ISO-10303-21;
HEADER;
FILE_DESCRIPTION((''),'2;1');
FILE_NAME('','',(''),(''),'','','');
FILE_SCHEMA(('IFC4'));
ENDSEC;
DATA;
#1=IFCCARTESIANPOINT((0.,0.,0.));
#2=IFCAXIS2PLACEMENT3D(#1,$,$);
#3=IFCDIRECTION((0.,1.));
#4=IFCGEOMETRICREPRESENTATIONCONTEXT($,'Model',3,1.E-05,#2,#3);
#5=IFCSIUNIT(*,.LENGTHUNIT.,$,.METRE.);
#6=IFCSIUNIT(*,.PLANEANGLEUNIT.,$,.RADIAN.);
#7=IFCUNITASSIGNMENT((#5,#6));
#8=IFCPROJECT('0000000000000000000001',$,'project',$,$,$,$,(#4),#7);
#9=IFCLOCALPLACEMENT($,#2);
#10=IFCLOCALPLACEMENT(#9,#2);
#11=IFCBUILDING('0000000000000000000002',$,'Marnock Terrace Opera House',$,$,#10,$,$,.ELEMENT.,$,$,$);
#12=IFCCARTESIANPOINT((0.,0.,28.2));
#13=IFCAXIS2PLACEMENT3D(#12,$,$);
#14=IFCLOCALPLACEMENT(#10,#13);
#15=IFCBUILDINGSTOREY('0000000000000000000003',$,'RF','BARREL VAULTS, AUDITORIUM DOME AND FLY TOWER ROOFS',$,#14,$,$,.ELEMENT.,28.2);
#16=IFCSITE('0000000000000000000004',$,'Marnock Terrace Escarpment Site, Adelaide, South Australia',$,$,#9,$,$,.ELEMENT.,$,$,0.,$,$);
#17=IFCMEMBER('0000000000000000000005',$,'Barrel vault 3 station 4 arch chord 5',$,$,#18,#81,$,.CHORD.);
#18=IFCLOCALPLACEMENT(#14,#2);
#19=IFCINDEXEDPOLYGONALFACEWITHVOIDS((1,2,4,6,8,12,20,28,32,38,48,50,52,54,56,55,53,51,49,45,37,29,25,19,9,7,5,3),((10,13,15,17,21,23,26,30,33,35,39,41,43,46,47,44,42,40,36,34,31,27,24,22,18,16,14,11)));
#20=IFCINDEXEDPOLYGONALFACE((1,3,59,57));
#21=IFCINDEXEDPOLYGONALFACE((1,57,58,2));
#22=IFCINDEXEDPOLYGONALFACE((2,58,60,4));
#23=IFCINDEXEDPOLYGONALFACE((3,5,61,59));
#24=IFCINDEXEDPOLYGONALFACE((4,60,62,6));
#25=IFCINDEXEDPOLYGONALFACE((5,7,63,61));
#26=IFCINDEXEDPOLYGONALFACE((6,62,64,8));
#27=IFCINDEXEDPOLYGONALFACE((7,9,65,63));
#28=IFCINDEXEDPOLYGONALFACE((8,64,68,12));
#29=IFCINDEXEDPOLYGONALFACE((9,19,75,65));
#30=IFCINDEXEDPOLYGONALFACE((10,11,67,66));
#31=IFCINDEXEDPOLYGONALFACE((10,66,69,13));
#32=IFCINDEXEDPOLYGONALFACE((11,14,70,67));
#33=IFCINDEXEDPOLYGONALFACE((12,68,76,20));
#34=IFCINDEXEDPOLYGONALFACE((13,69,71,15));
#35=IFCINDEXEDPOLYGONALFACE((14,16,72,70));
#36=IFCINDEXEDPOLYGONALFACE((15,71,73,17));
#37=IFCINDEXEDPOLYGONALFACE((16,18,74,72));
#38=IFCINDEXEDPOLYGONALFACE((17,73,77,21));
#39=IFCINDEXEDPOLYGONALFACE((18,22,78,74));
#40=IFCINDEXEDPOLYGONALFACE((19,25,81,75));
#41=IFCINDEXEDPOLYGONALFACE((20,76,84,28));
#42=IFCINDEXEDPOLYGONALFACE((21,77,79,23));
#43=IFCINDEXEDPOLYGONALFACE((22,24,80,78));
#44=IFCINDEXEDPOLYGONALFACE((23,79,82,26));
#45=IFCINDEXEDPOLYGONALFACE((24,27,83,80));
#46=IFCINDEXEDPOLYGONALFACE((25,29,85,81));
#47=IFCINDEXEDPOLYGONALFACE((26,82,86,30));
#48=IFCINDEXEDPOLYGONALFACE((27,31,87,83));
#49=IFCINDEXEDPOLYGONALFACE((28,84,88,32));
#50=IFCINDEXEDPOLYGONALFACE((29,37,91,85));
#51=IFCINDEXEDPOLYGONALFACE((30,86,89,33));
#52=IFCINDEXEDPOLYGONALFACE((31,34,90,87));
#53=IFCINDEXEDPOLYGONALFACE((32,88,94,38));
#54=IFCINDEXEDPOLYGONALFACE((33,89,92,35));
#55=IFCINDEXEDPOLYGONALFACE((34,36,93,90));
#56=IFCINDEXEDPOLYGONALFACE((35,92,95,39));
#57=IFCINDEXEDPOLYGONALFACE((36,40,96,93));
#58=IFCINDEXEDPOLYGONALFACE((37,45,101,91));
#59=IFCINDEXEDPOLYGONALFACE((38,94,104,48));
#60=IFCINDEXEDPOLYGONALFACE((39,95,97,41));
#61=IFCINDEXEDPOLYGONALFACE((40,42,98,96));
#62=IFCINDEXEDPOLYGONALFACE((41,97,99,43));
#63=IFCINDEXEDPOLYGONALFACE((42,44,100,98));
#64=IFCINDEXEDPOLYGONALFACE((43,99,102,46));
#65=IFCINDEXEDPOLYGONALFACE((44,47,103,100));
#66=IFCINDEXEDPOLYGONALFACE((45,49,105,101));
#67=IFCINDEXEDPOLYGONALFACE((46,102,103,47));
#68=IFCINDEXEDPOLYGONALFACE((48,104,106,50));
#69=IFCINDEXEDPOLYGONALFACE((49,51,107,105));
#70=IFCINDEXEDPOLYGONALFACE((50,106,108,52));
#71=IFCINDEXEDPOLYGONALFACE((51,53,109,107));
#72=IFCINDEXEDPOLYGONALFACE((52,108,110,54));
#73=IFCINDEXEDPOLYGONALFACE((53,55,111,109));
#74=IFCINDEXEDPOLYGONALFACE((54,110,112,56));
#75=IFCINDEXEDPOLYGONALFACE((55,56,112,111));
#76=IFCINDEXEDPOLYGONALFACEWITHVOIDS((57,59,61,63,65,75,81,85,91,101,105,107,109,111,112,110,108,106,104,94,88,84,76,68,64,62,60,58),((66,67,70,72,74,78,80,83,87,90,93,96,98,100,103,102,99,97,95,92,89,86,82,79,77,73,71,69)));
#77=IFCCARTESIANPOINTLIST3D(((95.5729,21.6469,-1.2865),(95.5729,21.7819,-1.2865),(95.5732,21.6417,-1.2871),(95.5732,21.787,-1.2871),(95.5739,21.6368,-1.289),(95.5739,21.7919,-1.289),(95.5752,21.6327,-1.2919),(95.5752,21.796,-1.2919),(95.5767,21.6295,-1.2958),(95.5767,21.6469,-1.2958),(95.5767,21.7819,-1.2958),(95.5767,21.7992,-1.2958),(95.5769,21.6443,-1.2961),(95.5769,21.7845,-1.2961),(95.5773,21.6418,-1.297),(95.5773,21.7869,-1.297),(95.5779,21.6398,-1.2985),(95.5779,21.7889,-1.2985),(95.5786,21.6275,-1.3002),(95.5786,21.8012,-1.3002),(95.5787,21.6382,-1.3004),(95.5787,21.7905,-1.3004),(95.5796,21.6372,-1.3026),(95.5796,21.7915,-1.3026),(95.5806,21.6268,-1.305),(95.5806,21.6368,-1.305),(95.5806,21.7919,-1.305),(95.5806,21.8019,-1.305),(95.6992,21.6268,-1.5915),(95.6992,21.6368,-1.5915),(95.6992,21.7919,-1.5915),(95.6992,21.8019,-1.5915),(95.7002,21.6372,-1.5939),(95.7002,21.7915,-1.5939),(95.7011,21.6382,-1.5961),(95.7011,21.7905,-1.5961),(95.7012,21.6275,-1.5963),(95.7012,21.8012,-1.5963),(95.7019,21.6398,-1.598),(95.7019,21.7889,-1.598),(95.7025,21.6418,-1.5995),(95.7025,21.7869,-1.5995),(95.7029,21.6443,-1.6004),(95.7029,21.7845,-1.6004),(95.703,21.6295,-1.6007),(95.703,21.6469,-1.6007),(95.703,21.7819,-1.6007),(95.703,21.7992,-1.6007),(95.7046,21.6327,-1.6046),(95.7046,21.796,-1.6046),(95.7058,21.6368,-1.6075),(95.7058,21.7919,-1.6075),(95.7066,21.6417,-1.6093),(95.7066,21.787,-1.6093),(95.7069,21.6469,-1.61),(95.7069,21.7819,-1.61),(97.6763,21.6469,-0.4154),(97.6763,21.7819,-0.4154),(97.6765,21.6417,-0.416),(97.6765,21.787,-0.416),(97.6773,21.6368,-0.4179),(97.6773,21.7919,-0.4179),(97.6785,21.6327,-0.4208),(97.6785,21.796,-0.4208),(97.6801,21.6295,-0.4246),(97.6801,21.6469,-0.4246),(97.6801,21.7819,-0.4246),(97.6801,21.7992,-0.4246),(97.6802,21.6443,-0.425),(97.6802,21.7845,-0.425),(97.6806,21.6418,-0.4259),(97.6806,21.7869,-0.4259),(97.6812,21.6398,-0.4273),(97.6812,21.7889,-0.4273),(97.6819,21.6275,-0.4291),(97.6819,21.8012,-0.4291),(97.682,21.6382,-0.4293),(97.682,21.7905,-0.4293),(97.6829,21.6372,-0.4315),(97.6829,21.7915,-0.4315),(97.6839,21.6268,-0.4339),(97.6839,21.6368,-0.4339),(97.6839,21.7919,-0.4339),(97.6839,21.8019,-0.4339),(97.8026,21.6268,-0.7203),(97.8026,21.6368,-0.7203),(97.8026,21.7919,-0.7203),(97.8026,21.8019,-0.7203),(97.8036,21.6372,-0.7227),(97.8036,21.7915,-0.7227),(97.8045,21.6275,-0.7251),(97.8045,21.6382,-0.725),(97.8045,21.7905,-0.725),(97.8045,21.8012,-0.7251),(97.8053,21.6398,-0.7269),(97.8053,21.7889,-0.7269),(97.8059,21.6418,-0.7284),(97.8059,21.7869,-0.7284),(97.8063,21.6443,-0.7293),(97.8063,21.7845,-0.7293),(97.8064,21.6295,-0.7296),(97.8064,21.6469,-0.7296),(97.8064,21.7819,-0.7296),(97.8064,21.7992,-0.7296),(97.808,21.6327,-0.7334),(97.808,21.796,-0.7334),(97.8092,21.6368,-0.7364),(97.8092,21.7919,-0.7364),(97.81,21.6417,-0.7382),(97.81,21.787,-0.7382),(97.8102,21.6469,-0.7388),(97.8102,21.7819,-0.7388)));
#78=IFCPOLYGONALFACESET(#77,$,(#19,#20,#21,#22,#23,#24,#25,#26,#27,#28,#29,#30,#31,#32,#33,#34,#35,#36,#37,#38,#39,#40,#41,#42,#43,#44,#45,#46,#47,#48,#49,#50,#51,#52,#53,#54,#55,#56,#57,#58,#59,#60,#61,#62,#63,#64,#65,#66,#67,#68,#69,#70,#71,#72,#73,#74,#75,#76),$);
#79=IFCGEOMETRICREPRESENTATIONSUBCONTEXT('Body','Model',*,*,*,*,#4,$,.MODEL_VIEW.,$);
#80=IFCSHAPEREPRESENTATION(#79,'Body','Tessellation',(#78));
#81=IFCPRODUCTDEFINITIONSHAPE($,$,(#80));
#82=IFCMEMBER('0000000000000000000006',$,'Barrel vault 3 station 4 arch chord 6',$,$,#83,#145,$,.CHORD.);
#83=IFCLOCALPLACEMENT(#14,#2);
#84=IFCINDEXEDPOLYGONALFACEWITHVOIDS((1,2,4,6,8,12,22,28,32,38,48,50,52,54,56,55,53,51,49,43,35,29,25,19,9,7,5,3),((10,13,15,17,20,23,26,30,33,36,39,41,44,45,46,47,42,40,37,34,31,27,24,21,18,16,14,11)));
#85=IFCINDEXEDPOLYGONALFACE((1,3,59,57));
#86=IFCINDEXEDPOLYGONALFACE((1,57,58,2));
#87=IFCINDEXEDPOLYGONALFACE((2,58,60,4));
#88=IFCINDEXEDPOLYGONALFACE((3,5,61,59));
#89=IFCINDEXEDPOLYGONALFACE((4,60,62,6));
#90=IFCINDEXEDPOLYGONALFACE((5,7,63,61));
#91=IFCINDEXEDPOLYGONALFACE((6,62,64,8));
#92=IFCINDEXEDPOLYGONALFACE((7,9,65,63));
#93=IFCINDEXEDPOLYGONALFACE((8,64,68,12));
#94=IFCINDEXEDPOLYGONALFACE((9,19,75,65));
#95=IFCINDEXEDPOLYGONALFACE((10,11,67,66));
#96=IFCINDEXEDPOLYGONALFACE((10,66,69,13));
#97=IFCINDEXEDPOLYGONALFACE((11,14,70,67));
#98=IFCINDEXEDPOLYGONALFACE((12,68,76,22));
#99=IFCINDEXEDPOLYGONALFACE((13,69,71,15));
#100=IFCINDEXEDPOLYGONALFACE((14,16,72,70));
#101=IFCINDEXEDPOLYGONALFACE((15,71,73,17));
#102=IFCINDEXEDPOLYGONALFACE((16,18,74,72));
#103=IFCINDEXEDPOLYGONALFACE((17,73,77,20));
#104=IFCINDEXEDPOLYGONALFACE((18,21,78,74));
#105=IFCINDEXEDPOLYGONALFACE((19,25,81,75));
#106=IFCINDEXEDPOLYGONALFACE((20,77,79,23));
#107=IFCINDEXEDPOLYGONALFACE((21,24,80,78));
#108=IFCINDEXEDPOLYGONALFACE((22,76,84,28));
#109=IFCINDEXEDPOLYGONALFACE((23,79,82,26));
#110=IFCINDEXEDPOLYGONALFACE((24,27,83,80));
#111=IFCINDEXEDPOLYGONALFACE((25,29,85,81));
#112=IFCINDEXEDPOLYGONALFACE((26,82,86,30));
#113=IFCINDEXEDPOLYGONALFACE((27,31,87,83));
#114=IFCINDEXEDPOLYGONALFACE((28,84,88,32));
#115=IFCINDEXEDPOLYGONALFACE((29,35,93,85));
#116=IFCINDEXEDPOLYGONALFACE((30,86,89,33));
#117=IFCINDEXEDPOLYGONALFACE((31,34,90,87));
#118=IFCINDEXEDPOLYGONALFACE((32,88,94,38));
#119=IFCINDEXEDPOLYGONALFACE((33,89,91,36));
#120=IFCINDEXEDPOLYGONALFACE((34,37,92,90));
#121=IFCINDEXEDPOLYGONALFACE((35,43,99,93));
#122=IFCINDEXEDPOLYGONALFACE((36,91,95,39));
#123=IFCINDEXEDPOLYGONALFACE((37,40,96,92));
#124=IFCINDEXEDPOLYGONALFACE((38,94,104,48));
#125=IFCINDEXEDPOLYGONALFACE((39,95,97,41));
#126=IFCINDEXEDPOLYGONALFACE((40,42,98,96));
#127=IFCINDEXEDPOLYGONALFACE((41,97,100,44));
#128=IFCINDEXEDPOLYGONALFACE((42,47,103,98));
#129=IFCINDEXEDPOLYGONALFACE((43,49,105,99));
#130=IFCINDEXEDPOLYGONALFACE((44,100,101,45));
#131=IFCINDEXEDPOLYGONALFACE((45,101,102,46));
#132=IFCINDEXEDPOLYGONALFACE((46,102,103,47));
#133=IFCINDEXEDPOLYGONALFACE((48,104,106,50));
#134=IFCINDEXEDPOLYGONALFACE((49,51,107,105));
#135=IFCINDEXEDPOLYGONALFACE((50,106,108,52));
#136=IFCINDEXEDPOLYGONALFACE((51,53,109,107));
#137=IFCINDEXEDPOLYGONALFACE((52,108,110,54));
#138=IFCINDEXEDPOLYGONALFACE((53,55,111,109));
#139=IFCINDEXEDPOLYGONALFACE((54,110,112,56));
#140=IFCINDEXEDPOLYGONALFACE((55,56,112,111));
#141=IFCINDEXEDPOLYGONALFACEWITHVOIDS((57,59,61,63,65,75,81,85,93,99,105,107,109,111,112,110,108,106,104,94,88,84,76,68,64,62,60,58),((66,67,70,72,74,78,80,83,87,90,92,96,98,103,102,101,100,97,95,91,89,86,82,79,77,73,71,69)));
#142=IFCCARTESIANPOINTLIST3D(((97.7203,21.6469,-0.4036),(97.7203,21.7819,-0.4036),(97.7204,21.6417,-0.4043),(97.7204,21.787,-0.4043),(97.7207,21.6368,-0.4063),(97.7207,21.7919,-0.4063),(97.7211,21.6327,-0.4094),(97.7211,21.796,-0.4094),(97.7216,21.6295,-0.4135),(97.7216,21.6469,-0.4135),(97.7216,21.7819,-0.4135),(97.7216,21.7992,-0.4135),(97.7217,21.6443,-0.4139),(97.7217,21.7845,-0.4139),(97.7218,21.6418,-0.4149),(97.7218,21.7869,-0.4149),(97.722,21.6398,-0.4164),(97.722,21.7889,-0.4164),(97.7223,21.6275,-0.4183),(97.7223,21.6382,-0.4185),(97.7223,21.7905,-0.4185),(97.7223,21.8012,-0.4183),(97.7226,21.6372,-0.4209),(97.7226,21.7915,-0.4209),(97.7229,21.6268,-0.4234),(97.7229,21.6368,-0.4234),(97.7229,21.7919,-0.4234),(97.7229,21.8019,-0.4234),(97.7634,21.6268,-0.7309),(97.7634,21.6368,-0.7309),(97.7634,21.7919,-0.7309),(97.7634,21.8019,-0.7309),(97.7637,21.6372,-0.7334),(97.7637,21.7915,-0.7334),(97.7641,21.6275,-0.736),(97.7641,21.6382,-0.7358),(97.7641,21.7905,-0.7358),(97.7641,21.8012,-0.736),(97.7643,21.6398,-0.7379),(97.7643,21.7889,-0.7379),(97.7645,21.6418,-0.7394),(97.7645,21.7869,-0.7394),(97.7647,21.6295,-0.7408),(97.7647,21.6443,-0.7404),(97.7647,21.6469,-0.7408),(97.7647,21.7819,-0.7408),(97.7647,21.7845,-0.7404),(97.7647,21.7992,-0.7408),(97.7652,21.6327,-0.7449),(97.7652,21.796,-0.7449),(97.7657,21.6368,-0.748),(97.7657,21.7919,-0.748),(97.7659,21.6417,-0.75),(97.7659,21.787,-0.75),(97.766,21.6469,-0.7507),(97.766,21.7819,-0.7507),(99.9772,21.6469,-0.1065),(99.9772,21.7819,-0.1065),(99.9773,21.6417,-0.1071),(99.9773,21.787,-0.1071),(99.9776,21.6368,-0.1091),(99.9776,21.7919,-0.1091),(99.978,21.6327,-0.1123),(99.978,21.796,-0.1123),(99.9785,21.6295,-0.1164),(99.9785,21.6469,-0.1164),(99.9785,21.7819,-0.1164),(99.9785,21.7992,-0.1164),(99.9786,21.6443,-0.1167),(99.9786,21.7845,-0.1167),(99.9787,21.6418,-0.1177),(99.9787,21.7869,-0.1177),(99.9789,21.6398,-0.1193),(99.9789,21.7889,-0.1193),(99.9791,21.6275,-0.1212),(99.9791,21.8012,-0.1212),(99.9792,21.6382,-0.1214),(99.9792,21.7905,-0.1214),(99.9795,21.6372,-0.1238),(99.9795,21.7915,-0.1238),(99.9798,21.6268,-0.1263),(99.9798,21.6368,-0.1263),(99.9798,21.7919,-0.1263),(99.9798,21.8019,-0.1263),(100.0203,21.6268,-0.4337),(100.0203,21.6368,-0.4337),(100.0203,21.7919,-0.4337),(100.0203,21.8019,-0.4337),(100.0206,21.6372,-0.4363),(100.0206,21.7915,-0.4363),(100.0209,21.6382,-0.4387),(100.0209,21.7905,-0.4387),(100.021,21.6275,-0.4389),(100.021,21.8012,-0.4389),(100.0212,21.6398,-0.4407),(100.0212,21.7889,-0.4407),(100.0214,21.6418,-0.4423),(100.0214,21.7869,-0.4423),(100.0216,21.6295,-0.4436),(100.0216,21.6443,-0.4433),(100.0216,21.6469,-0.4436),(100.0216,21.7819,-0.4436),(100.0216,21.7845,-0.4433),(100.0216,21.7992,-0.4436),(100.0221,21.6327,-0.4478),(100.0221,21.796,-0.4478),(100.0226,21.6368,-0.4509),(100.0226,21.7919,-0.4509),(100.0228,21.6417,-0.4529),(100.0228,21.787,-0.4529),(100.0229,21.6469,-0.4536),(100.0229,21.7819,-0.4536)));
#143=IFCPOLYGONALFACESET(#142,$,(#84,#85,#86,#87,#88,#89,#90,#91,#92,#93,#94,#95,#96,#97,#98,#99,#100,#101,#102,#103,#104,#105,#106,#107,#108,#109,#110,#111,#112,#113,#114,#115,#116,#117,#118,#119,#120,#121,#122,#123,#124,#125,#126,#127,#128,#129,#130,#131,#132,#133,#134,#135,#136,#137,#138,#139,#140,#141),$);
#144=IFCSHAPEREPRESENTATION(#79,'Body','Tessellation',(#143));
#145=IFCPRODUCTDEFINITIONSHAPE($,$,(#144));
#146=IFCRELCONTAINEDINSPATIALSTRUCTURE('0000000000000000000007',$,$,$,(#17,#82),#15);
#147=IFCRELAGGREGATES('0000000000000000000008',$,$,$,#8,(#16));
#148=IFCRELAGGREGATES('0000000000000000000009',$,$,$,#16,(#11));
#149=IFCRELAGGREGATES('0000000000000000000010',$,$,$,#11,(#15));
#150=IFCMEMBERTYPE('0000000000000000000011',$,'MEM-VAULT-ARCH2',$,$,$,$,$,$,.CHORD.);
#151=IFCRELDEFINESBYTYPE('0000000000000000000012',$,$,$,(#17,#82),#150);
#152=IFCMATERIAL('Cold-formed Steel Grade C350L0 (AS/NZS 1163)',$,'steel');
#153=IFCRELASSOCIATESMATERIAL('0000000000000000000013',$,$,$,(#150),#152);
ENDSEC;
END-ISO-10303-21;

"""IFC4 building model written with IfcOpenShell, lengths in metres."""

from ifc_helpers import new_model, si_unit, direction, frame, origin, origin_2d, place, context, subcontext, project, spatial, hollow_rectangle, extrude, material, material_profile, profile_set, type_object, element, save


model = new_model("IFC4")

# Units and contexts
model_context = context("Model", 3, precision=1e-05, world=origin(), true_north=direction((0.0, 1.0)))
body_context = subcontext(model_context, "Body", "Model", "MODEL_VIEW")
ifc_project = project(units=[si_unit("LENGTHUNIT", "METRE"), si_unit("PLANEANGLEUNIT", "RADIAN")], contexts=[model_context])

# Site, building, storey
site_placement = place(None, origin())
site = spatial("IfcSite", under=ifc_project, at=site_placement, Name="Marnock Terrace Escarpment Site, Adelaide, South Australia", CompositionType="ELEMENT", RefElevation=0.0)
building_placement = place(site_placement, origin())
building = spatial("IfcBuilding", under=site, at=building_placement, Name="Marnock Terrace Opera House", CompositionType="ELEMENT")
storey_placement = place(building_placement, frame((0.0, 0.0, 28.2)))
storey = spatial("IfcBuildingStorey", under=building, at=storey_placement, Name="RF", Description="BARREL VAULTS, AUDITORIUM DOME AND FLY TOWER ROOFS", CompositionType="ELEMENT", Elevation=28.2)

# Members
ifc_material_1 = material(Name="Cold-formed Steel Grade C350L0 (AS/NZS 1163)", Category="steel")
ifc_material_profile_1 = material_profile(ifc_material_1, hollow_rectangle(XDim=0.175, YDim=0.3501, WallThickness=0.01, InnerFilletRadius=0.01, OuterFilletRadius=0.02, at=origin_2d()))
ifc_profile_set_1 = profile_set([ifc_material_profile_1], Name="Cold-formed Steel Grade C350L0 (AS/NZS 1163)")
member_type_1 = type_object("IfcMemberType", Name="MEM-VAULT-ARCH2", PredefinedType="CHORD", material=ifc_profile_set_1)
member_1_placement = place(storey_placement, frame((95.6399, 21.7144, -1.4482), z_axis=(0.923897, 0.0, 0.382642), x_axis=(0.0, 1.0, 0.0)))
element("IfcMember", 1, at=member_1_placement, inside=storey, type_object=member_type_1, Name="Barrel vault 3 station 4 arch chord 5", PredefinedType="CHORD", context=body_context, shape_type="SweptSolid", body=[
    extrude(hollow_rectangle(XDim=0.175, YDim=0.3501, WallThickness=0.01, InnerFilletRadius=0.01, OuterFilletRadius=0.02, at=origin_2d()), origin(), (0.0, 0.0, 1.0), 2.2766),
])
for number, where, z_axis, x_axis, name in (
    (2, (97.7432, 21.7144, -0.5771), (0.991445, 0.0, 0.130527), (0.0, 1.0, 0.0), "Barrel vault 3 station 4 arch chord 6"),
):
    element("IfcMember", number, at=place(storey_placement, frame(where, z_axis=z_axis, x_axis=x_axis)), inside=storey, type_object=member_type_1, Name=name, PredefinedType="CHORD", context=body_context, shape_type="SweptSolid", body=[
        extrude(hollow_rectangle(XDim=0.175, YDim=0.3501, WallThickness=0.01, InnerFilletRadius=0.01, OuterFilletRadius=0.02, at=origin_2d()), origin(), (0.0, 0.0, 1.0), 2.2764),
    ])

save(model, "model.ifc")
